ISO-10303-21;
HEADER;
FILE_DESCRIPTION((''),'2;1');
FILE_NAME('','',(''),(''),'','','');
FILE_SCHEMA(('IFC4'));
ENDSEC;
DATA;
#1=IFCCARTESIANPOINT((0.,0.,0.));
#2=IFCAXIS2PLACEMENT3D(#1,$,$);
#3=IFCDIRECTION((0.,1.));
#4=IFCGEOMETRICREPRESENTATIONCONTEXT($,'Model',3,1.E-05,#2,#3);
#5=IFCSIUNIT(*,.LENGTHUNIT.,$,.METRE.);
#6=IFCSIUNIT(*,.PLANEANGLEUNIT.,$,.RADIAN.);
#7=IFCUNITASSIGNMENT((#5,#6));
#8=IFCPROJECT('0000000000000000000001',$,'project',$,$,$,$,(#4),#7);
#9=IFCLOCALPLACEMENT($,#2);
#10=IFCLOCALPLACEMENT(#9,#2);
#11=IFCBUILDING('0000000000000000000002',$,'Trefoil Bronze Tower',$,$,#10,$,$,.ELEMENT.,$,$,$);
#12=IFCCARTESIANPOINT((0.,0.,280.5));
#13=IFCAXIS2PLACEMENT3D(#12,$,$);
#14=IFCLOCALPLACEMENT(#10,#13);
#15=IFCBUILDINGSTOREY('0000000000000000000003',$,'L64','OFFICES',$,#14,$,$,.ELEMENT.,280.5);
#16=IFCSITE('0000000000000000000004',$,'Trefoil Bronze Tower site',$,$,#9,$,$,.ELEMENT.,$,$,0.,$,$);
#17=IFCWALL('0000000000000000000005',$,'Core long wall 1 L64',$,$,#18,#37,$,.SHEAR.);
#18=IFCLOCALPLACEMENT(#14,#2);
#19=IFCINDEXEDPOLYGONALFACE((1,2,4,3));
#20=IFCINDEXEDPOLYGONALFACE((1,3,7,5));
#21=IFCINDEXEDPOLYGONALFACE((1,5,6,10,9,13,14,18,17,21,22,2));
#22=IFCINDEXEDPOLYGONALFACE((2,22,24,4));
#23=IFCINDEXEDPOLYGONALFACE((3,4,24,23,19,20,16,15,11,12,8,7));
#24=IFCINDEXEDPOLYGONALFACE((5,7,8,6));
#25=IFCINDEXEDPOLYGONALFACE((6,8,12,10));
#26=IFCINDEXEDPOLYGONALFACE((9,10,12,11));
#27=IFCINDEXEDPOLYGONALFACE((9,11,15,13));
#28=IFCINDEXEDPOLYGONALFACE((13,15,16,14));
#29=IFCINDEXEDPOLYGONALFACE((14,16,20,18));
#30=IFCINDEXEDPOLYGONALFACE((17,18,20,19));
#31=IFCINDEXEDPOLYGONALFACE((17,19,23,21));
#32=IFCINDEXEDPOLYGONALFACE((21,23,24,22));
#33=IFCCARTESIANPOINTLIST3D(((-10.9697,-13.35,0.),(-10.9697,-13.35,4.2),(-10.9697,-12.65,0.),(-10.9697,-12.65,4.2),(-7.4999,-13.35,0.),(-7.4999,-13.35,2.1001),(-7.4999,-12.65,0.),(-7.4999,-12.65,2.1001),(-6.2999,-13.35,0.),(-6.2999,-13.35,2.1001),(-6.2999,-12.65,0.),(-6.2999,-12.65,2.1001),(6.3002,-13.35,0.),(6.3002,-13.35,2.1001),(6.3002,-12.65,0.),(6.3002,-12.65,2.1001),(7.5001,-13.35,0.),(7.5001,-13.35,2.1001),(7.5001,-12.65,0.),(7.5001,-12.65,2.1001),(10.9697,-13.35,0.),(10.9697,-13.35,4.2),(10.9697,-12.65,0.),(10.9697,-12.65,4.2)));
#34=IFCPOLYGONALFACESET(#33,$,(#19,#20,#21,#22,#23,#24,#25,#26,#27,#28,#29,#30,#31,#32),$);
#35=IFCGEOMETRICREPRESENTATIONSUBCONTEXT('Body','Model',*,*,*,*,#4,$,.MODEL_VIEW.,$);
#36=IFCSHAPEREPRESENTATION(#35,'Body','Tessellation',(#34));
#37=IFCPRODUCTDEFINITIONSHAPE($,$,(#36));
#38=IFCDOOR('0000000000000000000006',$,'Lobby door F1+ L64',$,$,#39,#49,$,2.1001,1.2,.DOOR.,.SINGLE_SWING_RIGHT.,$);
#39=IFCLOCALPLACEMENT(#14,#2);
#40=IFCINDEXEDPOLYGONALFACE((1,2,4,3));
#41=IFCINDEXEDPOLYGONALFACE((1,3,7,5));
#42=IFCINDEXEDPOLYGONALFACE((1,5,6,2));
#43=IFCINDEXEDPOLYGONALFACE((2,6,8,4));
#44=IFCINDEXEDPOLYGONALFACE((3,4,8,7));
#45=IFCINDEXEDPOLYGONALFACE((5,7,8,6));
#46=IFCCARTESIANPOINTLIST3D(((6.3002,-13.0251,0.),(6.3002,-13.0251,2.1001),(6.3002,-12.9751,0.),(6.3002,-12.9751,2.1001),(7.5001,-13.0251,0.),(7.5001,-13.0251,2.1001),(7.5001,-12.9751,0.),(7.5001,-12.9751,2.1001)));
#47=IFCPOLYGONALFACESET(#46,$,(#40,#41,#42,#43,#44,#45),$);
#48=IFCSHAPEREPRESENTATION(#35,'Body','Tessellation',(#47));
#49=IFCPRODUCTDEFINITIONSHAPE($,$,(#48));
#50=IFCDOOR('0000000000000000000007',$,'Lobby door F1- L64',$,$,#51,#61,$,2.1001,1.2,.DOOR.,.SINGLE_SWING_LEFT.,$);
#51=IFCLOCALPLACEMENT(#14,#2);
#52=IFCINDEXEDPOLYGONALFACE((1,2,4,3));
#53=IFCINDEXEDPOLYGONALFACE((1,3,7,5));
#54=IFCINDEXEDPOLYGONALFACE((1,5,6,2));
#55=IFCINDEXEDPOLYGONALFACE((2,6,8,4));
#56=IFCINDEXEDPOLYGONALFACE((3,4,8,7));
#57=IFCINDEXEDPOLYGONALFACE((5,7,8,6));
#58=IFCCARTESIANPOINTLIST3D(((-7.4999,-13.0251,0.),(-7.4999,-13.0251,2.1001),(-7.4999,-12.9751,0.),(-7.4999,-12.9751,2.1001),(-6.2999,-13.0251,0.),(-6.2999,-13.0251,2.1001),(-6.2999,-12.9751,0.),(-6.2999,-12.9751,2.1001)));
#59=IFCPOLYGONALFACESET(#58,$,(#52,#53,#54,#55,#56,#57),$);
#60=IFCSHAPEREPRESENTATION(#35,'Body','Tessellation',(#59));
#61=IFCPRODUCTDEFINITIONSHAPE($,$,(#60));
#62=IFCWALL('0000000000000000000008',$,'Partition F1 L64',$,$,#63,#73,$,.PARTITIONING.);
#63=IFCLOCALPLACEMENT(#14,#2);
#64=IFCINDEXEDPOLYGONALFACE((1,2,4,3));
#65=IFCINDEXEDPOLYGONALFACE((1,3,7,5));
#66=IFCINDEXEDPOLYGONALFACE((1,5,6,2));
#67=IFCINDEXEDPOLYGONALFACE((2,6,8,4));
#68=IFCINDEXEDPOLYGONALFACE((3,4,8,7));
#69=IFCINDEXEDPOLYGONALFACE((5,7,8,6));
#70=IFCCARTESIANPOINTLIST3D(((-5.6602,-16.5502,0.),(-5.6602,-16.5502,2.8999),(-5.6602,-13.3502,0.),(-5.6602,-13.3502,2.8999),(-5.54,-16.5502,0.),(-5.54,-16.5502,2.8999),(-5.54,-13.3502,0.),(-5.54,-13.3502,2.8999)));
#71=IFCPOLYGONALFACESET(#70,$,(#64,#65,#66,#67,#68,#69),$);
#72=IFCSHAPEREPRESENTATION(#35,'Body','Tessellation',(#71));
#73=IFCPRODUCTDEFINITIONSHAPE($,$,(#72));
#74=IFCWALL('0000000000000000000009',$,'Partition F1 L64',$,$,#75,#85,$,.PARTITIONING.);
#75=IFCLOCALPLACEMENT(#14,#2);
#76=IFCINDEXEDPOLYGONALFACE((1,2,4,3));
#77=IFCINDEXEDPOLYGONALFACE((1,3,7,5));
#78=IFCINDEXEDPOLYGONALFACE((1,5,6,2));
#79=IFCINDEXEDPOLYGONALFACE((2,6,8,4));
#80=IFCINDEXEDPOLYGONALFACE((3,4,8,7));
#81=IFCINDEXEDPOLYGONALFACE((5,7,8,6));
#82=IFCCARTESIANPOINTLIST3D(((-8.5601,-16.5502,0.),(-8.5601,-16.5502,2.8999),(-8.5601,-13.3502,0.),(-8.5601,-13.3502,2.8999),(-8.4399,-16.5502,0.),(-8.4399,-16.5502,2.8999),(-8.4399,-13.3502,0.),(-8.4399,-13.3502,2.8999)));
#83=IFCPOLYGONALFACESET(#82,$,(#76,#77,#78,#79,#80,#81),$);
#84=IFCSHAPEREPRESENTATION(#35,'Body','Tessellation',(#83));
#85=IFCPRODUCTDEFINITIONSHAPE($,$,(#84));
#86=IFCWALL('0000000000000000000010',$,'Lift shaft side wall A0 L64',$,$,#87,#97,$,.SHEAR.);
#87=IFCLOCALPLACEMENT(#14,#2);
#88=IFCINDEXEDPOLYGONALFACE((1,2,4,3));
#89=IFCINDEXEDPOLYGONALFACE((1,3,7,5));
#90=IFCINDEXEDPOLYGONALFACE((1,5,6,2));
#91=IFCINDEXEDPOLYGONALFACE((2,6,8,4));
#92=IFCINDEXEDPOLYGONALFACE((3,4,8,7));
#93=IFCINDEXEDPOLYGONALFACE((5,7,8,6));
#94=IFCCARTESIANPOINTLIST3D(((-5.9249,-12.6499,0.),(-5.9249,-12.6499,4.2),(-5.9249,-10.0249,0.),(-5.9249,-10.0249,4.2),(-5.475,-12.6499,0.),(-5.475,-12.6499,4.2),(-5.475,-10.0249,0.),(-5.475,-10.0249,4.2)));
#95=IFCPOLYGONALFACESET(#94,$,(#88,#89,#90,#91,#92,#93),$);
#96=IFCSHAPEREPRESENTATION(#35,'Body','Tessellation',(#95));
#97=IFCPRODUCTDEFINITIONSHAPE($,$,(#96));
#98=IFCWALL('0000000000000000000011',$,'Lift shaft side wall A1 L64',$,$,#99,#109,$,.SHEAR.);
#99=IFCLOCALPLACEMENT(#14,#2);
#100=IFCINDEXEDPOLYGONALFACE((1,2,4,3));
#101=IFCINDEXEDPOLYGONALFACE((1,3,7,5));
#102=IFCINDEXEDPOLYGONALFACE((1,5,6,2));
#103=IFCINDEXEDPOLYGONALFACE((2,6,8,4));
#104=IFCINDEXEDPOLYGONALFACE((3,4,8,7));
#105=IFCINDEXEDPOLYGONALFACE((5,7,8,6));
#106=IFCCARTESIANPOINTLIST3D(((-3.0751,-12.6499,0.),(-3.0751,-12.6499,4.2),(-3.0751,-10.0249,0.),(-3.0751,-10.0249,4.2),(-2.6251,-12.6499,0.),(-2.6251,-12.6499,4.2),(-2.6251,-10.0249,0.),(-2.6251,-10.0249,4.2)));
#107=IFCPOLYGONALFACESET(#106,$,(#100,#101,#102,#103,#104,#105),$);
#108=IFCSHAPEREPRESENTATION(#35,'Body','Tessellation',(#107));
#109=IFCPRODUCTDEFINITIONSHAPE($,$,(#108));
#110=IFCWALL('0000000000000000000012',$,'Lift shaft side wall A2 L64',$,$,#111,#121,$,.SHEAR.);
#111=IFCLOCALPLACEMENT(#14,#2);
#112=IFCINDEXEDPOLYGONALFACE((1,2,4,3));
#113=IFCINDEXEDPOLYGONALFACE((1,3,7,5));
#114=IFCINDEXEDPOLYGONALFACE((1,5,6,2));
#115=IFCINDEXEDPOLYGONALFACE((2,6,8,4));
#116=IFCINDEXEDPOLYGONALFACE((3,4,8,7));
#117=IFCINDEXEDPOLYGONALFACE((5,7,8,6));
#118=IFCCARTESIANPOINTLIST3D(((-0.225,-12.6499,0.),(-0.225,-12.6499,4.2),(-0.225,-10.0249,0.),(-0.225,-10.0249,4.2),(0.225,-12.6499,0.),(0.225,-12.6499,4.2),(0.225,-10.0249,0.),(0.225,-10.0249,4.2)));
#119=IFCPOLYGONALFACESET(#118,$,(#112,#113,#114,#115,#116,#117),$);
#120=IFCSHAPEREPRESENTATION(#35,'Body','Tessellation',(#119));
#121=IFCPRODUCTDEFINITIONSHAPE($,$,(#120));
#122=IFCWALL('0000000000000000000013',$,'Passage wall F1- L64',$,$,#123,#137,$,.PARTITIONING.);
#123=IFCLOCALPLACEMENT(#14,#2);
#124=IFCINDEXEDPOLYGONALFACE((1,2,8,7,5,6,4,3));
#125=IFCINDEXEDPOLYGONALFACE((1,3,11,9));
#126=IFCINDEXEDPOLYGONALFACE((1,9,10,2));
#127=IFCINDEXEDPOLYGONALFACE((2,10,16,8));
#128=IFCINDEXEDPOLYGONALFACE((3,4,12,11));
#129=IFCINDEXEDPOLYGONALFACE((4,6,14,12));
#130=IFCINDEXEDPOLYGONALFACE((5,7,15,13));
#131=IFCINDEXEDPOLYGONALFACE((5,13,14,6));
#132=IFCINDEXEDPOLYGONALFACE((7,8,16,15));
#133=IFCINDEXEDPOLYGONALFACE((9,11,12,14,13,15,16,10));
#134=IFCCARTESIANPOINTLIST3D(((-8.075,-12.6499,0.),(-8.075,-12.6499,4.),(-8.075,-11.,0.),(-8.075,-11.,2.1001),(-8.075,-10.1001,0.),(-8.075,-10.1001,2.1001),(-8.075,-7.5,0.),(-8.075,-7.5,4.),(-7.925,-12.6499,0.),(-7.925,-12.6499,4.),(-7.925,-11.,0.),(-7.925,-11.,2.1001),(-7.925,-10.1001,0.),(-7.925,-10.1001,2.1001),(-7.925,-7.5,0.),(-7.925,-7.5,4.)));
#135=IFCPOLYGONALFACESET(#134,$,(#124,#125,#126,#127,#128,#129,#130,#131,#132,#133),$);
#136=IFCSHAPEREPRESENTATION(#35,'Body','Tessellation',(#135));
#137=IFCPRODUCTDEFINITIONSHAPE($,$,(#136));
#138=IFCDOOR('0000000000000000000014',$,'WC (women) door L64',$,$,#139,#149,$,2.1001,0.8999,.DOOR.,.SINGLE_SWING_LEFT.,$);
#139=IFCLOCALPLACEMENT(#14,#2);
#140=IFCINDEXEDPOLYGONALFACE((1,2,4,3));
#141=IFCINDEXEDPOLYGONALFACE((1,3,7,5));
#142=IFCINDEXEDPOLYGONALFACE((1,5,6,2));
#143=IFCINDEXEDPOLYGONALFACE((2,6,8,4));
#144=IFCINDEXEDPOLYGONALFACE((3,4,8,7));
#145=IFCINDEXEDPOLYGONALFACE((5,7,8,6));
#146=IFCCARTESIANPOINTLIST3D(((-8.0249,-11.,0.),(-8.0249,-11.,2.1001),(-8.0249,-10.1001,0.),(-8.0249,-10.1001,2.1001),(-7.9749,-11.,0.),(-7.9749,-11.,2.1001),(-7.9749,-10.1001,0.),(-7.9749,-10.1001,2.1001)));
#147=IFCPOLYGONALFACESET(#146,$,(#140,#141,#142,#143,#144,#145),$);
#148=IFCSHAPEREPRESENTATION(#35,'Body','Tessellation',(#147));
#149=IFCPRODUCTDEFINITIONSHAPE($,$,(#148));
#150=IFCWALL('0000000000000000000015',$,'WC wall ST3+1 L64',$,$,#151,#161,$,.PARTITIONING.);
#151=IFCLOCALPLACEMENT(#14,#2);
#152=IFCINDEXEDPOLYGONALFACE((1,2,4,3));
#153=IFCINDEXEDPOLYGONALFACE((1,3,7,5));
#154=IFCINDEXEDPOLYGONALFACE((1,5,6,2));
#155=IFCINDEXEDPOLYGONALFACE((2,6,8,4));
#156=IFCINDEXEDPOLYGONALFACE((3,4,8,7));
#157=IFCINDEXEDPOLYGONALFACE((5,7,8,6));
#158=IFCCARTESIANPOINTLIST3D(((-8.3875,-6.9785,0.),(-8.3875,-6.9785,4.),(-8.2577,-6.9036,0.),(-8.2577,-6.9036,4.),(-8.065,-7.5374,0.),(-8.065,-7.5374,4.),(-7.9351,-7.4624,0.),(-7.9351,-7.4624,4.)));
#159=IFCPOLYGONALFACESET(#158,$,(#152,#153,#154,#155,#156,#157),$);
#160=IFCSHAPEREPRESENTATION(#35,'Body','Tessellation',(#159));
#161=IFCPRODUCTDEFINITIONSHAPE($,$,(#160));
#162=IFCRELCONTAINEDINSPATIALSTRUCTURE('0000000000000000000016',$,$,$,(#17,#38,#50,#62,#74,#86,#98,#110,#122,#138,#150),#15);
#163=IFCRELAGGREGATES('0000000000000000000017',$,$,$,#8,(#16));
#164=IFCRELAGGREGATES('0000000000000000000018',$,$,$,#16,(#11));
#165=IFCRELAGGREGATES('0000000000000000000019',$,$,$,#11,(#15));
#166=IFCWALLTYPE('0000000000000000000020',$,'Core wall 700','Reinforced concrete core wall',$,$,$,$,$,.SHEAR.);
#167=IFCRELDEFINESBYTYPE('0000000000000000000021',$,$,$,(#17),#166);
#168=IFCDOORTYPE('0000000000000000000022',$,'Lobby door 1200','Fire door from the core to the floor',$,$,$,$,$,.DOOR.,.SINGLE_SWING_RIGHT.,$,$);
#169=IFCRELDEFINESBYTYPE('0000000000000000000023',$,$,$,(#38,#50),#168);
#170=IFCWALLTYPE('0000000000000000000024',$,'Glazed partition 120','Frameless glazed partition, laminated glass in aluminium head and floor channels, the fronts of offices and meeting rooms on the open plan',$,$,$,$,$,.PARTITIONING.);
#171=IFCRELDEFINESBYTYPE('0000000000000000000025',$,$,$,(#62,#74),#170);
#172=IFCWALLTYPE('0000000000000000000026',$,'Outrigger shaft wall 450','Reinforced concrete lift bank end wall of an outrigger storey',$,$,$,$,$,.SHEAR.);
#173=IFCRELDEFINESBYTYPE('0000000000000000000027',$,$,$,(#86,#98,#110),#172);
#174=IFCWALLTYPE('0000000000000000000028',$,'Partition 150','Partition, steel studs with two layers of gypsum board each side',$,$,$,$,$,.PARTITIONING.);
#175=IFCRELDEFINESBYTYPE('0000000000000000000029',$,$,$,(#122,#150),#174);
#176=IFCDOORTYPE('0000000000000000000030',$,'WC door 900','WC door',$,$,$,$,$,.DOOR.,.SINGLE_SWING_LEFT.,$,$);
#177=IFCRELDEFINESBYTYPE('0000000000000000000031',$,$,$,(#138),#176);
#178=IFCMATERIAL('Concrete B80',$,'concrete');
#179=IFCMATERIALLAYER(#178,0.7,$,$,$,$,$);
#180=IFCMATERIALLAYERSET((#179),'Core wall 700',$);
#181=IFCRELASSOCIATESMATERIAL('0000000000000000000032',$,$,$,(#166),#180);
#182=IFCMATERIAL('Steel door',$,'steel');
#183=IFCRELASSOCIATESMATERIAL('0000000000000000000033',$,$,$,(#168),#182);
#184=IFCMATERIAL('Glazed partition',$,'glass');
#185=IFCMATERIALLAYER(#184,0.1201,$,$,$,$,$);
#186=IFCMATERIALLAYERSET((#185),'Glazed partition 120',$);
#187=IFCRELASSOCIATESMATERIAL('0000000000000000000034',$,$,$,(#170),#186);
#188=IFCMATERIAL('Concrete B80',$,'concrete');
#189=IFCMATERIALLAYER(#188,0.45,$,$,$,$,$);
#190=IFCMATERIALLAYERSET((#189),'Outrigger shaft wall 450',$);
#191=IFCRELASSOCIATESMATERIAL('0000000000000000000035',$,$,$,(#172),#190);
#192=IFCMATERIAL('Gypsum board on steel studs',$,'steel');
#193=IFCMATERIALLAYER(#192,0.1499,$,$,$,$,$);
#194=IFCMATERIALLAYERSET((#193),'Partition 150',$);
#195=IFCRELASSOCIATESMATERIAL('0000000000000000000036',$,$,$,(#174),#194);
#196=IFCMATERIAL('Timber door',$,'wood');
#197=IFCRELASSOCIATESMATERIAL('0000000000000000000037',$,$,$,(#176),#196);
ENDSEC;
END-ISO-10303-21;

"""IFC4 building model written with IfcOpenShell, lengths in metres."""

from ifc_helpers import new_model, si_unit, direction, frame, frame_2d, origin, place, context, subcontext, project, spatial, rectangle, extrude, material, layer, layer_set, type_object, element, fill, save


model = new_model("IFC4")

# Units and contexts
model_context = context("Model", 3, precision=1e-05, world=origin(), true_north=direction((0.0, 1.0)))
body_context = subcontext(model_context, "Body", "Model", "MODEL_VIEW")
ifc_project = project(units=[si_unit("LENGTHUNIT", "METRE"), si_unit("PLANEANGLEUNIT", "RADIAN")], contexts=[model_context])

# Site, building, storey
site_placement = place(None, origin())
site = spatial("IfcSite", under=ifc_project, at=site_placement, Name="Trefoil Bronze Tower site", CompositionType="ELEMENT", RefElevation=0.0)
building_placement = place(site_placement, origin())
building = spatial("IfcBuilding", under=site, at=building_placement, Name="Trefoil Bronze Tower", CompositionType="ELEMENT")
storey_placement = place(building_placement, frame((0.0, 0.0, 280.5)))
storey = spatial("IfcBuildingStorey", under=building, at=storey_placement, Name="L64", Description="OFFICES", CompositionType="ELEMENT", Elevation=280.5)

# Wall, openings, doors
ifc_material_1 = material(Name="Concrete B80", Category="concrete")
ifc_layer_1 = layer(ifc_material_1, 0.7)
ifc_layer_set_1 = layer_set([ifc_layer_1], Name="Core wall 700")
wall_type_1 = type_object("IfcWallType", Name="Core wall 700", Description="Reinforced concrete core wall", PredefinedType="SHEAR", material=ifc_layer_set_1)
wall_1_placement = place(storey_placement, frame((-10.9697, -13.0, 0.0), z_axis=(0.0, 0.0, 1.0), x_axis=(1.0, 0.0, 0.0)))
wall_1 = element("IfcWall", 1, at=wall_1_placement, inside=storey, type_object=wall_type_1, Name="Core long wall 1 L64", PredefinedType="SHEAR", context=body_context, shape_type="SweptSolid", body=[
    extrude(rectangle(XDim=21.9395, YDim=0.7, at=frame_2d((10.9697, 0.0))), origin(), (0.0, 0.0, 1.0), 4.2),
])
opening_1_placement = place(wall_1_placement, frame((17.2698, 0.0, 0.0)))
opening_1 = element("IfcOpeningElement", 2, at=opening_1_placement, cuts=wall_1, PredefinedType="OPENING", context=body_context, shape_type="SweptSolid", body=[
    extrude(rectangle(XDim=1.2, YDim=2.1001, at=frame_2d((0.6001, 1.05))), frame((0.0, 0.3599, 0.0), z_axis=(0.0, -1.0, 0.0), x_axis=(1.0, 0.0, 0.0)), (0.0, 0.0, 1.0), 0.72),
])
opening_2_placement = place(wall_1_placement, frame((3.4697, 0.0, 0.0)))
opening_2 = element("IfcOpeningElement", 3, at=opening_2_placement, cuts=wall_1, PredefinedType="OPENING", context=body_context, shape_type="SweptSolid", body=[
    extrude(rectangle(XDim=1.2, YDim=2.1001, at=frame_2d((0.6001, 1.05))), frame((0.0, 0.3599, 0.0), z_axis=(0.0, -1.0, 0.0), x_axis=(1.0, 0.0, 0.0)), (0.0, 0.0, 1.0), 0.72),
])
ifc_material_2 = material(Name="Steel door", Category="steel")
door_type_1 = type_object("IfcDoorType", Name="Lobby door 1200", Description="Fire door from the core to the floor", OperationType="SINGLE_SWING_RIGHT", PredefinedType="DOOR", material=ifc_material_2)
door_1_placement = place(opening_1_placement, origin())
door_1 = element("IfcDoor", 4, at=door_1_placement, inside=storey, type_object=door_type_1, Name="Lobby door F1+ L64", OperationType="SINGLE_SWING_RIGHT", OverallHeight=2.1001, OverallWidth=1.2, PredefinedType="DOOR", context=body_context, shape_type="SweptSolid", body=[
    extrude(rectangle(XDim=1.2, YDim=2.1001, at=frame_2d((0.6001, 1.05))), frame((0.0, 0.0249, 0.0), z_axis=(0.0, -1.0, 0.0), x_axis=(1.0, 0.0, 0.0)), (0.0, 0.0, 1.0), 0.05),
])
fill(opening_1, door_1)
door_2_placement = place(opening_2_placement, origin())
door_2 = element("IfcDoor", 5, at=door_2_placement, inside=storey, type_object=door_type_1, Name="Lobby door F1- L64", OperationType="SINGLE_SWING_LEFT", OverallHeight=2.1001, OverallWidth=1.2, PredefinedType="DOOR", context=body_context, shape_type="SweptSolid", body=[
    extrude(rectangle(XDim=1.2, YDim=2.1001, at=frame_2d((0.6001, 1.05))), frame((0.0, 0.0249, 0.0), z_axis=(0.0, -1.0, 0.0), x_axis=(1.0, 0.0, 0.0)), (0.0, 0.0, 1.0), 0.05),
])
fill(opening_2, door_2)

# Walls
ifc_material_3 = material(Name="Glazed partition", Category="glass")
ifc_layer_2 = layer(ifc_material_3, 0.1201)
ifc_layer_set_2 = layer_set([ifc_layer_2], Name="Glazed partition 120")
wall_type_2 = type_object("IfcWallType", Name="Glazed partition 120", Description="Frameless glazed partition, laminated glass in aluminium head and floor channels, the fronts of offices and meeting rooms on the open plan", PredefinedType="PARTITIONING", material=ifc_layer_set_2)
for number, where, z_axis, x_axis, name in (
    (6, (-5.6001, -13.3501, 0.0), (0.0, 0.0, 1.0), (0.0, -1.0, 0.0), "Partition F1 L64"),
    (7, (-8.5, -13.3501, 0.0), (0.0, 0.0, 1.0), (0.0, -1.0, 0.0), "Partition F1 L64"),
):
    element("IfcWall", number, at=place(storey_placement, frame(where, z_axis=z_axis, x_axis=x_axis)), inside=storey, type_object=wall_type_2, Name=name, PredefinedType="PARTITIONING", context=body_context, shape_type="SweptSolid", body=[
        extrude(rectangle(XDim=3.2, YDim=0.1201, at=frame_2d((1.6001, 0.0))), origin(), (0.0, 0.0, 1.0), 2.8999),
    ])
ifc_material_4 = material(Name="Concrete B80", Category="concrete")
ifc_layer_3 = layer(ifc_material_4, 0.45)
ifc_layer_set_3 = layer_set([ifc_layer_3], Name="Outrigger shaft wall 450")
wall_type_3 = type_object("IfcWallType", Name="Outrigger shaft wall 450", Description="Reinforced concrete lift bank end wall of an outrigger storey", PredefinedType="SHEAR", material=ifc_layer_set_3)
for number, where, z_axis, x_axis, name in (
    (8, (-5.7, -10.0249, 0.0), (0.0, 0.0, 1.0), (0.0, -1.0, 0.0), "Lift shaft side wall A0 L64"),
    (9, (-2.8501, -10.0249, 0.0), (0.0, 0.0, 1.0), (0.0, -1.0, 0.0), "Lift shaft side wall A1 L64"),
    (10, (0.0, -10.0249, 0.0), (0.0, 0.0, 1.0), (0.0, -1.0, 0.0), "Lift shaft side wall A2 L64"),
):
    element("IfcWall", number, at=place(storey_placement, frame(where, z_axis=z_axis, x_axis=x_axis)), inside=storey, type_object=wall_type_3, Name=name, PredefinedType="SHEAR", context=body_context, shape_type="SweptSolid", body=[
        extrude(rectangle(XDim=2.625, YDim=0.45, at=frame_2d((1.3125, 0.0))), origin(), (0.0, 0.0, 1.0), 4.2),
    ])

# Wall, opening, door
ifc_material_5 = material(Name="Gypsum board on steel studs", Category="steel")
ifc_layer_4 = layer(ifc_material_5, 0.1499)
ifc_layer_set_4 = layer_set([ifc_layer_4], Name="Partition 150")
wall_type_4 = type_object("IfcWallType", Name="Partition 150", Description="Partition, steel studs with two layers of gypsum board each side", PredefinedType="PARTITIONING", material=ifc_layer_set_4)
wall_2_placement = place(storey_placement, frame((-8.0, -7.5, 0.0), z_axis=(0.0, 0.0, 1.0), x_axis=(0.0, -1.0, 0.0)))
wall_2 = element("IfcWall", 11, at=wall_2_placement, inside=storey, type_object=wall_type_4, Name="Passage wall F1- L64", PredefinedType="PARTITIONING", context=body_context, shape_type="SweptSolid", body=[
    extrude(rectangle(XDim=5.1499, YDim=0.1499, at=frame_2d((2.575, 0.0))), origin(), (0.0, 0.0, 1.0), 4.0),
])
opening_3_placement = place(wall_2_placement, frame((2.6001, 0.0, 0.0)))
opening_3 = element("IfcOpeningElement", 12, at=opening_3_placement, cuts=wall_2, PredefinedType="OPENING", context=body_context, shape_type="SweptSolid", body=[
    extrude(rectangle(XDim=0.8999, YDim=2.1001, at=frame_2d((0.45, 1.05))), frame((0.0, 0.085, 0.0), z_axis=(0.0, -1.0, 0.0), x_axis=(1.0, 0.0, 0.0)), (0.0, 0.0, 1.0), 0.1699),
])
ifc_material_6 = material(Name="Timber door", Category="wood")
door_type_2 = type_object("IfcDoorType", Name="WC door 900", Description="WC door", OperationType="SINGLE_SWING_LEFT", PredefinedType="DOOR", material=ifc_material_6)
door_3_placement = place(opening_3_placement, frame((0.8999, 0.0, 0.0), z_axis=(0.0, 0.0, 1.0), x_axis=(-1.0, 0.0, 0.0)))
door_3 = element("IfcDoor", 13, at=door_3_placement, inside=storey, type_object=door_type_2, Name="WC (women) door L64", OperationType="SINGLE_SWING_LEFT", OverallHeight=2.1001, OverallWidth=0.8999, PredefinedType="DOOR", context=body_context, shape_type="SweptSolid", body=[
    extrude(rectangle(XDim=0.8999, YDim=2.1001, at=frame_2d((0.45, 1.05))), frame((0.0, 0.0249, 0.0), z_axis=(0.0, -1.0, 0.0), x_axis=(1.0, 0.0, 0.0)), (0.0, 0.0, 1.0), 0.05),
])
fill(opening_3, door_3)

# Wall
wall_3_placement = place(storey_placement, frame((-8.0, -7.5, 0.0), z_axis=(0.0, 0.0, 1.0), x_axis=(-0.499843, 0.866116, 0.0)))
element("IfcWall", 14, at=wall_3_placement, inside=storey, type_object=wall_type_4, Name="WC wall ST3+1 L64", PredefinedType="PARTITIONING", context=body_context, shape_type="SweptSolid", body=[
    extrude(rectangle(XDim=0.6453, YDim=0.1499, at=frame_2d((0.3228, 0.0))), origin(), (0.0, 0.0, 1.0), 4.0),
])

save(model, "model.ifc")
